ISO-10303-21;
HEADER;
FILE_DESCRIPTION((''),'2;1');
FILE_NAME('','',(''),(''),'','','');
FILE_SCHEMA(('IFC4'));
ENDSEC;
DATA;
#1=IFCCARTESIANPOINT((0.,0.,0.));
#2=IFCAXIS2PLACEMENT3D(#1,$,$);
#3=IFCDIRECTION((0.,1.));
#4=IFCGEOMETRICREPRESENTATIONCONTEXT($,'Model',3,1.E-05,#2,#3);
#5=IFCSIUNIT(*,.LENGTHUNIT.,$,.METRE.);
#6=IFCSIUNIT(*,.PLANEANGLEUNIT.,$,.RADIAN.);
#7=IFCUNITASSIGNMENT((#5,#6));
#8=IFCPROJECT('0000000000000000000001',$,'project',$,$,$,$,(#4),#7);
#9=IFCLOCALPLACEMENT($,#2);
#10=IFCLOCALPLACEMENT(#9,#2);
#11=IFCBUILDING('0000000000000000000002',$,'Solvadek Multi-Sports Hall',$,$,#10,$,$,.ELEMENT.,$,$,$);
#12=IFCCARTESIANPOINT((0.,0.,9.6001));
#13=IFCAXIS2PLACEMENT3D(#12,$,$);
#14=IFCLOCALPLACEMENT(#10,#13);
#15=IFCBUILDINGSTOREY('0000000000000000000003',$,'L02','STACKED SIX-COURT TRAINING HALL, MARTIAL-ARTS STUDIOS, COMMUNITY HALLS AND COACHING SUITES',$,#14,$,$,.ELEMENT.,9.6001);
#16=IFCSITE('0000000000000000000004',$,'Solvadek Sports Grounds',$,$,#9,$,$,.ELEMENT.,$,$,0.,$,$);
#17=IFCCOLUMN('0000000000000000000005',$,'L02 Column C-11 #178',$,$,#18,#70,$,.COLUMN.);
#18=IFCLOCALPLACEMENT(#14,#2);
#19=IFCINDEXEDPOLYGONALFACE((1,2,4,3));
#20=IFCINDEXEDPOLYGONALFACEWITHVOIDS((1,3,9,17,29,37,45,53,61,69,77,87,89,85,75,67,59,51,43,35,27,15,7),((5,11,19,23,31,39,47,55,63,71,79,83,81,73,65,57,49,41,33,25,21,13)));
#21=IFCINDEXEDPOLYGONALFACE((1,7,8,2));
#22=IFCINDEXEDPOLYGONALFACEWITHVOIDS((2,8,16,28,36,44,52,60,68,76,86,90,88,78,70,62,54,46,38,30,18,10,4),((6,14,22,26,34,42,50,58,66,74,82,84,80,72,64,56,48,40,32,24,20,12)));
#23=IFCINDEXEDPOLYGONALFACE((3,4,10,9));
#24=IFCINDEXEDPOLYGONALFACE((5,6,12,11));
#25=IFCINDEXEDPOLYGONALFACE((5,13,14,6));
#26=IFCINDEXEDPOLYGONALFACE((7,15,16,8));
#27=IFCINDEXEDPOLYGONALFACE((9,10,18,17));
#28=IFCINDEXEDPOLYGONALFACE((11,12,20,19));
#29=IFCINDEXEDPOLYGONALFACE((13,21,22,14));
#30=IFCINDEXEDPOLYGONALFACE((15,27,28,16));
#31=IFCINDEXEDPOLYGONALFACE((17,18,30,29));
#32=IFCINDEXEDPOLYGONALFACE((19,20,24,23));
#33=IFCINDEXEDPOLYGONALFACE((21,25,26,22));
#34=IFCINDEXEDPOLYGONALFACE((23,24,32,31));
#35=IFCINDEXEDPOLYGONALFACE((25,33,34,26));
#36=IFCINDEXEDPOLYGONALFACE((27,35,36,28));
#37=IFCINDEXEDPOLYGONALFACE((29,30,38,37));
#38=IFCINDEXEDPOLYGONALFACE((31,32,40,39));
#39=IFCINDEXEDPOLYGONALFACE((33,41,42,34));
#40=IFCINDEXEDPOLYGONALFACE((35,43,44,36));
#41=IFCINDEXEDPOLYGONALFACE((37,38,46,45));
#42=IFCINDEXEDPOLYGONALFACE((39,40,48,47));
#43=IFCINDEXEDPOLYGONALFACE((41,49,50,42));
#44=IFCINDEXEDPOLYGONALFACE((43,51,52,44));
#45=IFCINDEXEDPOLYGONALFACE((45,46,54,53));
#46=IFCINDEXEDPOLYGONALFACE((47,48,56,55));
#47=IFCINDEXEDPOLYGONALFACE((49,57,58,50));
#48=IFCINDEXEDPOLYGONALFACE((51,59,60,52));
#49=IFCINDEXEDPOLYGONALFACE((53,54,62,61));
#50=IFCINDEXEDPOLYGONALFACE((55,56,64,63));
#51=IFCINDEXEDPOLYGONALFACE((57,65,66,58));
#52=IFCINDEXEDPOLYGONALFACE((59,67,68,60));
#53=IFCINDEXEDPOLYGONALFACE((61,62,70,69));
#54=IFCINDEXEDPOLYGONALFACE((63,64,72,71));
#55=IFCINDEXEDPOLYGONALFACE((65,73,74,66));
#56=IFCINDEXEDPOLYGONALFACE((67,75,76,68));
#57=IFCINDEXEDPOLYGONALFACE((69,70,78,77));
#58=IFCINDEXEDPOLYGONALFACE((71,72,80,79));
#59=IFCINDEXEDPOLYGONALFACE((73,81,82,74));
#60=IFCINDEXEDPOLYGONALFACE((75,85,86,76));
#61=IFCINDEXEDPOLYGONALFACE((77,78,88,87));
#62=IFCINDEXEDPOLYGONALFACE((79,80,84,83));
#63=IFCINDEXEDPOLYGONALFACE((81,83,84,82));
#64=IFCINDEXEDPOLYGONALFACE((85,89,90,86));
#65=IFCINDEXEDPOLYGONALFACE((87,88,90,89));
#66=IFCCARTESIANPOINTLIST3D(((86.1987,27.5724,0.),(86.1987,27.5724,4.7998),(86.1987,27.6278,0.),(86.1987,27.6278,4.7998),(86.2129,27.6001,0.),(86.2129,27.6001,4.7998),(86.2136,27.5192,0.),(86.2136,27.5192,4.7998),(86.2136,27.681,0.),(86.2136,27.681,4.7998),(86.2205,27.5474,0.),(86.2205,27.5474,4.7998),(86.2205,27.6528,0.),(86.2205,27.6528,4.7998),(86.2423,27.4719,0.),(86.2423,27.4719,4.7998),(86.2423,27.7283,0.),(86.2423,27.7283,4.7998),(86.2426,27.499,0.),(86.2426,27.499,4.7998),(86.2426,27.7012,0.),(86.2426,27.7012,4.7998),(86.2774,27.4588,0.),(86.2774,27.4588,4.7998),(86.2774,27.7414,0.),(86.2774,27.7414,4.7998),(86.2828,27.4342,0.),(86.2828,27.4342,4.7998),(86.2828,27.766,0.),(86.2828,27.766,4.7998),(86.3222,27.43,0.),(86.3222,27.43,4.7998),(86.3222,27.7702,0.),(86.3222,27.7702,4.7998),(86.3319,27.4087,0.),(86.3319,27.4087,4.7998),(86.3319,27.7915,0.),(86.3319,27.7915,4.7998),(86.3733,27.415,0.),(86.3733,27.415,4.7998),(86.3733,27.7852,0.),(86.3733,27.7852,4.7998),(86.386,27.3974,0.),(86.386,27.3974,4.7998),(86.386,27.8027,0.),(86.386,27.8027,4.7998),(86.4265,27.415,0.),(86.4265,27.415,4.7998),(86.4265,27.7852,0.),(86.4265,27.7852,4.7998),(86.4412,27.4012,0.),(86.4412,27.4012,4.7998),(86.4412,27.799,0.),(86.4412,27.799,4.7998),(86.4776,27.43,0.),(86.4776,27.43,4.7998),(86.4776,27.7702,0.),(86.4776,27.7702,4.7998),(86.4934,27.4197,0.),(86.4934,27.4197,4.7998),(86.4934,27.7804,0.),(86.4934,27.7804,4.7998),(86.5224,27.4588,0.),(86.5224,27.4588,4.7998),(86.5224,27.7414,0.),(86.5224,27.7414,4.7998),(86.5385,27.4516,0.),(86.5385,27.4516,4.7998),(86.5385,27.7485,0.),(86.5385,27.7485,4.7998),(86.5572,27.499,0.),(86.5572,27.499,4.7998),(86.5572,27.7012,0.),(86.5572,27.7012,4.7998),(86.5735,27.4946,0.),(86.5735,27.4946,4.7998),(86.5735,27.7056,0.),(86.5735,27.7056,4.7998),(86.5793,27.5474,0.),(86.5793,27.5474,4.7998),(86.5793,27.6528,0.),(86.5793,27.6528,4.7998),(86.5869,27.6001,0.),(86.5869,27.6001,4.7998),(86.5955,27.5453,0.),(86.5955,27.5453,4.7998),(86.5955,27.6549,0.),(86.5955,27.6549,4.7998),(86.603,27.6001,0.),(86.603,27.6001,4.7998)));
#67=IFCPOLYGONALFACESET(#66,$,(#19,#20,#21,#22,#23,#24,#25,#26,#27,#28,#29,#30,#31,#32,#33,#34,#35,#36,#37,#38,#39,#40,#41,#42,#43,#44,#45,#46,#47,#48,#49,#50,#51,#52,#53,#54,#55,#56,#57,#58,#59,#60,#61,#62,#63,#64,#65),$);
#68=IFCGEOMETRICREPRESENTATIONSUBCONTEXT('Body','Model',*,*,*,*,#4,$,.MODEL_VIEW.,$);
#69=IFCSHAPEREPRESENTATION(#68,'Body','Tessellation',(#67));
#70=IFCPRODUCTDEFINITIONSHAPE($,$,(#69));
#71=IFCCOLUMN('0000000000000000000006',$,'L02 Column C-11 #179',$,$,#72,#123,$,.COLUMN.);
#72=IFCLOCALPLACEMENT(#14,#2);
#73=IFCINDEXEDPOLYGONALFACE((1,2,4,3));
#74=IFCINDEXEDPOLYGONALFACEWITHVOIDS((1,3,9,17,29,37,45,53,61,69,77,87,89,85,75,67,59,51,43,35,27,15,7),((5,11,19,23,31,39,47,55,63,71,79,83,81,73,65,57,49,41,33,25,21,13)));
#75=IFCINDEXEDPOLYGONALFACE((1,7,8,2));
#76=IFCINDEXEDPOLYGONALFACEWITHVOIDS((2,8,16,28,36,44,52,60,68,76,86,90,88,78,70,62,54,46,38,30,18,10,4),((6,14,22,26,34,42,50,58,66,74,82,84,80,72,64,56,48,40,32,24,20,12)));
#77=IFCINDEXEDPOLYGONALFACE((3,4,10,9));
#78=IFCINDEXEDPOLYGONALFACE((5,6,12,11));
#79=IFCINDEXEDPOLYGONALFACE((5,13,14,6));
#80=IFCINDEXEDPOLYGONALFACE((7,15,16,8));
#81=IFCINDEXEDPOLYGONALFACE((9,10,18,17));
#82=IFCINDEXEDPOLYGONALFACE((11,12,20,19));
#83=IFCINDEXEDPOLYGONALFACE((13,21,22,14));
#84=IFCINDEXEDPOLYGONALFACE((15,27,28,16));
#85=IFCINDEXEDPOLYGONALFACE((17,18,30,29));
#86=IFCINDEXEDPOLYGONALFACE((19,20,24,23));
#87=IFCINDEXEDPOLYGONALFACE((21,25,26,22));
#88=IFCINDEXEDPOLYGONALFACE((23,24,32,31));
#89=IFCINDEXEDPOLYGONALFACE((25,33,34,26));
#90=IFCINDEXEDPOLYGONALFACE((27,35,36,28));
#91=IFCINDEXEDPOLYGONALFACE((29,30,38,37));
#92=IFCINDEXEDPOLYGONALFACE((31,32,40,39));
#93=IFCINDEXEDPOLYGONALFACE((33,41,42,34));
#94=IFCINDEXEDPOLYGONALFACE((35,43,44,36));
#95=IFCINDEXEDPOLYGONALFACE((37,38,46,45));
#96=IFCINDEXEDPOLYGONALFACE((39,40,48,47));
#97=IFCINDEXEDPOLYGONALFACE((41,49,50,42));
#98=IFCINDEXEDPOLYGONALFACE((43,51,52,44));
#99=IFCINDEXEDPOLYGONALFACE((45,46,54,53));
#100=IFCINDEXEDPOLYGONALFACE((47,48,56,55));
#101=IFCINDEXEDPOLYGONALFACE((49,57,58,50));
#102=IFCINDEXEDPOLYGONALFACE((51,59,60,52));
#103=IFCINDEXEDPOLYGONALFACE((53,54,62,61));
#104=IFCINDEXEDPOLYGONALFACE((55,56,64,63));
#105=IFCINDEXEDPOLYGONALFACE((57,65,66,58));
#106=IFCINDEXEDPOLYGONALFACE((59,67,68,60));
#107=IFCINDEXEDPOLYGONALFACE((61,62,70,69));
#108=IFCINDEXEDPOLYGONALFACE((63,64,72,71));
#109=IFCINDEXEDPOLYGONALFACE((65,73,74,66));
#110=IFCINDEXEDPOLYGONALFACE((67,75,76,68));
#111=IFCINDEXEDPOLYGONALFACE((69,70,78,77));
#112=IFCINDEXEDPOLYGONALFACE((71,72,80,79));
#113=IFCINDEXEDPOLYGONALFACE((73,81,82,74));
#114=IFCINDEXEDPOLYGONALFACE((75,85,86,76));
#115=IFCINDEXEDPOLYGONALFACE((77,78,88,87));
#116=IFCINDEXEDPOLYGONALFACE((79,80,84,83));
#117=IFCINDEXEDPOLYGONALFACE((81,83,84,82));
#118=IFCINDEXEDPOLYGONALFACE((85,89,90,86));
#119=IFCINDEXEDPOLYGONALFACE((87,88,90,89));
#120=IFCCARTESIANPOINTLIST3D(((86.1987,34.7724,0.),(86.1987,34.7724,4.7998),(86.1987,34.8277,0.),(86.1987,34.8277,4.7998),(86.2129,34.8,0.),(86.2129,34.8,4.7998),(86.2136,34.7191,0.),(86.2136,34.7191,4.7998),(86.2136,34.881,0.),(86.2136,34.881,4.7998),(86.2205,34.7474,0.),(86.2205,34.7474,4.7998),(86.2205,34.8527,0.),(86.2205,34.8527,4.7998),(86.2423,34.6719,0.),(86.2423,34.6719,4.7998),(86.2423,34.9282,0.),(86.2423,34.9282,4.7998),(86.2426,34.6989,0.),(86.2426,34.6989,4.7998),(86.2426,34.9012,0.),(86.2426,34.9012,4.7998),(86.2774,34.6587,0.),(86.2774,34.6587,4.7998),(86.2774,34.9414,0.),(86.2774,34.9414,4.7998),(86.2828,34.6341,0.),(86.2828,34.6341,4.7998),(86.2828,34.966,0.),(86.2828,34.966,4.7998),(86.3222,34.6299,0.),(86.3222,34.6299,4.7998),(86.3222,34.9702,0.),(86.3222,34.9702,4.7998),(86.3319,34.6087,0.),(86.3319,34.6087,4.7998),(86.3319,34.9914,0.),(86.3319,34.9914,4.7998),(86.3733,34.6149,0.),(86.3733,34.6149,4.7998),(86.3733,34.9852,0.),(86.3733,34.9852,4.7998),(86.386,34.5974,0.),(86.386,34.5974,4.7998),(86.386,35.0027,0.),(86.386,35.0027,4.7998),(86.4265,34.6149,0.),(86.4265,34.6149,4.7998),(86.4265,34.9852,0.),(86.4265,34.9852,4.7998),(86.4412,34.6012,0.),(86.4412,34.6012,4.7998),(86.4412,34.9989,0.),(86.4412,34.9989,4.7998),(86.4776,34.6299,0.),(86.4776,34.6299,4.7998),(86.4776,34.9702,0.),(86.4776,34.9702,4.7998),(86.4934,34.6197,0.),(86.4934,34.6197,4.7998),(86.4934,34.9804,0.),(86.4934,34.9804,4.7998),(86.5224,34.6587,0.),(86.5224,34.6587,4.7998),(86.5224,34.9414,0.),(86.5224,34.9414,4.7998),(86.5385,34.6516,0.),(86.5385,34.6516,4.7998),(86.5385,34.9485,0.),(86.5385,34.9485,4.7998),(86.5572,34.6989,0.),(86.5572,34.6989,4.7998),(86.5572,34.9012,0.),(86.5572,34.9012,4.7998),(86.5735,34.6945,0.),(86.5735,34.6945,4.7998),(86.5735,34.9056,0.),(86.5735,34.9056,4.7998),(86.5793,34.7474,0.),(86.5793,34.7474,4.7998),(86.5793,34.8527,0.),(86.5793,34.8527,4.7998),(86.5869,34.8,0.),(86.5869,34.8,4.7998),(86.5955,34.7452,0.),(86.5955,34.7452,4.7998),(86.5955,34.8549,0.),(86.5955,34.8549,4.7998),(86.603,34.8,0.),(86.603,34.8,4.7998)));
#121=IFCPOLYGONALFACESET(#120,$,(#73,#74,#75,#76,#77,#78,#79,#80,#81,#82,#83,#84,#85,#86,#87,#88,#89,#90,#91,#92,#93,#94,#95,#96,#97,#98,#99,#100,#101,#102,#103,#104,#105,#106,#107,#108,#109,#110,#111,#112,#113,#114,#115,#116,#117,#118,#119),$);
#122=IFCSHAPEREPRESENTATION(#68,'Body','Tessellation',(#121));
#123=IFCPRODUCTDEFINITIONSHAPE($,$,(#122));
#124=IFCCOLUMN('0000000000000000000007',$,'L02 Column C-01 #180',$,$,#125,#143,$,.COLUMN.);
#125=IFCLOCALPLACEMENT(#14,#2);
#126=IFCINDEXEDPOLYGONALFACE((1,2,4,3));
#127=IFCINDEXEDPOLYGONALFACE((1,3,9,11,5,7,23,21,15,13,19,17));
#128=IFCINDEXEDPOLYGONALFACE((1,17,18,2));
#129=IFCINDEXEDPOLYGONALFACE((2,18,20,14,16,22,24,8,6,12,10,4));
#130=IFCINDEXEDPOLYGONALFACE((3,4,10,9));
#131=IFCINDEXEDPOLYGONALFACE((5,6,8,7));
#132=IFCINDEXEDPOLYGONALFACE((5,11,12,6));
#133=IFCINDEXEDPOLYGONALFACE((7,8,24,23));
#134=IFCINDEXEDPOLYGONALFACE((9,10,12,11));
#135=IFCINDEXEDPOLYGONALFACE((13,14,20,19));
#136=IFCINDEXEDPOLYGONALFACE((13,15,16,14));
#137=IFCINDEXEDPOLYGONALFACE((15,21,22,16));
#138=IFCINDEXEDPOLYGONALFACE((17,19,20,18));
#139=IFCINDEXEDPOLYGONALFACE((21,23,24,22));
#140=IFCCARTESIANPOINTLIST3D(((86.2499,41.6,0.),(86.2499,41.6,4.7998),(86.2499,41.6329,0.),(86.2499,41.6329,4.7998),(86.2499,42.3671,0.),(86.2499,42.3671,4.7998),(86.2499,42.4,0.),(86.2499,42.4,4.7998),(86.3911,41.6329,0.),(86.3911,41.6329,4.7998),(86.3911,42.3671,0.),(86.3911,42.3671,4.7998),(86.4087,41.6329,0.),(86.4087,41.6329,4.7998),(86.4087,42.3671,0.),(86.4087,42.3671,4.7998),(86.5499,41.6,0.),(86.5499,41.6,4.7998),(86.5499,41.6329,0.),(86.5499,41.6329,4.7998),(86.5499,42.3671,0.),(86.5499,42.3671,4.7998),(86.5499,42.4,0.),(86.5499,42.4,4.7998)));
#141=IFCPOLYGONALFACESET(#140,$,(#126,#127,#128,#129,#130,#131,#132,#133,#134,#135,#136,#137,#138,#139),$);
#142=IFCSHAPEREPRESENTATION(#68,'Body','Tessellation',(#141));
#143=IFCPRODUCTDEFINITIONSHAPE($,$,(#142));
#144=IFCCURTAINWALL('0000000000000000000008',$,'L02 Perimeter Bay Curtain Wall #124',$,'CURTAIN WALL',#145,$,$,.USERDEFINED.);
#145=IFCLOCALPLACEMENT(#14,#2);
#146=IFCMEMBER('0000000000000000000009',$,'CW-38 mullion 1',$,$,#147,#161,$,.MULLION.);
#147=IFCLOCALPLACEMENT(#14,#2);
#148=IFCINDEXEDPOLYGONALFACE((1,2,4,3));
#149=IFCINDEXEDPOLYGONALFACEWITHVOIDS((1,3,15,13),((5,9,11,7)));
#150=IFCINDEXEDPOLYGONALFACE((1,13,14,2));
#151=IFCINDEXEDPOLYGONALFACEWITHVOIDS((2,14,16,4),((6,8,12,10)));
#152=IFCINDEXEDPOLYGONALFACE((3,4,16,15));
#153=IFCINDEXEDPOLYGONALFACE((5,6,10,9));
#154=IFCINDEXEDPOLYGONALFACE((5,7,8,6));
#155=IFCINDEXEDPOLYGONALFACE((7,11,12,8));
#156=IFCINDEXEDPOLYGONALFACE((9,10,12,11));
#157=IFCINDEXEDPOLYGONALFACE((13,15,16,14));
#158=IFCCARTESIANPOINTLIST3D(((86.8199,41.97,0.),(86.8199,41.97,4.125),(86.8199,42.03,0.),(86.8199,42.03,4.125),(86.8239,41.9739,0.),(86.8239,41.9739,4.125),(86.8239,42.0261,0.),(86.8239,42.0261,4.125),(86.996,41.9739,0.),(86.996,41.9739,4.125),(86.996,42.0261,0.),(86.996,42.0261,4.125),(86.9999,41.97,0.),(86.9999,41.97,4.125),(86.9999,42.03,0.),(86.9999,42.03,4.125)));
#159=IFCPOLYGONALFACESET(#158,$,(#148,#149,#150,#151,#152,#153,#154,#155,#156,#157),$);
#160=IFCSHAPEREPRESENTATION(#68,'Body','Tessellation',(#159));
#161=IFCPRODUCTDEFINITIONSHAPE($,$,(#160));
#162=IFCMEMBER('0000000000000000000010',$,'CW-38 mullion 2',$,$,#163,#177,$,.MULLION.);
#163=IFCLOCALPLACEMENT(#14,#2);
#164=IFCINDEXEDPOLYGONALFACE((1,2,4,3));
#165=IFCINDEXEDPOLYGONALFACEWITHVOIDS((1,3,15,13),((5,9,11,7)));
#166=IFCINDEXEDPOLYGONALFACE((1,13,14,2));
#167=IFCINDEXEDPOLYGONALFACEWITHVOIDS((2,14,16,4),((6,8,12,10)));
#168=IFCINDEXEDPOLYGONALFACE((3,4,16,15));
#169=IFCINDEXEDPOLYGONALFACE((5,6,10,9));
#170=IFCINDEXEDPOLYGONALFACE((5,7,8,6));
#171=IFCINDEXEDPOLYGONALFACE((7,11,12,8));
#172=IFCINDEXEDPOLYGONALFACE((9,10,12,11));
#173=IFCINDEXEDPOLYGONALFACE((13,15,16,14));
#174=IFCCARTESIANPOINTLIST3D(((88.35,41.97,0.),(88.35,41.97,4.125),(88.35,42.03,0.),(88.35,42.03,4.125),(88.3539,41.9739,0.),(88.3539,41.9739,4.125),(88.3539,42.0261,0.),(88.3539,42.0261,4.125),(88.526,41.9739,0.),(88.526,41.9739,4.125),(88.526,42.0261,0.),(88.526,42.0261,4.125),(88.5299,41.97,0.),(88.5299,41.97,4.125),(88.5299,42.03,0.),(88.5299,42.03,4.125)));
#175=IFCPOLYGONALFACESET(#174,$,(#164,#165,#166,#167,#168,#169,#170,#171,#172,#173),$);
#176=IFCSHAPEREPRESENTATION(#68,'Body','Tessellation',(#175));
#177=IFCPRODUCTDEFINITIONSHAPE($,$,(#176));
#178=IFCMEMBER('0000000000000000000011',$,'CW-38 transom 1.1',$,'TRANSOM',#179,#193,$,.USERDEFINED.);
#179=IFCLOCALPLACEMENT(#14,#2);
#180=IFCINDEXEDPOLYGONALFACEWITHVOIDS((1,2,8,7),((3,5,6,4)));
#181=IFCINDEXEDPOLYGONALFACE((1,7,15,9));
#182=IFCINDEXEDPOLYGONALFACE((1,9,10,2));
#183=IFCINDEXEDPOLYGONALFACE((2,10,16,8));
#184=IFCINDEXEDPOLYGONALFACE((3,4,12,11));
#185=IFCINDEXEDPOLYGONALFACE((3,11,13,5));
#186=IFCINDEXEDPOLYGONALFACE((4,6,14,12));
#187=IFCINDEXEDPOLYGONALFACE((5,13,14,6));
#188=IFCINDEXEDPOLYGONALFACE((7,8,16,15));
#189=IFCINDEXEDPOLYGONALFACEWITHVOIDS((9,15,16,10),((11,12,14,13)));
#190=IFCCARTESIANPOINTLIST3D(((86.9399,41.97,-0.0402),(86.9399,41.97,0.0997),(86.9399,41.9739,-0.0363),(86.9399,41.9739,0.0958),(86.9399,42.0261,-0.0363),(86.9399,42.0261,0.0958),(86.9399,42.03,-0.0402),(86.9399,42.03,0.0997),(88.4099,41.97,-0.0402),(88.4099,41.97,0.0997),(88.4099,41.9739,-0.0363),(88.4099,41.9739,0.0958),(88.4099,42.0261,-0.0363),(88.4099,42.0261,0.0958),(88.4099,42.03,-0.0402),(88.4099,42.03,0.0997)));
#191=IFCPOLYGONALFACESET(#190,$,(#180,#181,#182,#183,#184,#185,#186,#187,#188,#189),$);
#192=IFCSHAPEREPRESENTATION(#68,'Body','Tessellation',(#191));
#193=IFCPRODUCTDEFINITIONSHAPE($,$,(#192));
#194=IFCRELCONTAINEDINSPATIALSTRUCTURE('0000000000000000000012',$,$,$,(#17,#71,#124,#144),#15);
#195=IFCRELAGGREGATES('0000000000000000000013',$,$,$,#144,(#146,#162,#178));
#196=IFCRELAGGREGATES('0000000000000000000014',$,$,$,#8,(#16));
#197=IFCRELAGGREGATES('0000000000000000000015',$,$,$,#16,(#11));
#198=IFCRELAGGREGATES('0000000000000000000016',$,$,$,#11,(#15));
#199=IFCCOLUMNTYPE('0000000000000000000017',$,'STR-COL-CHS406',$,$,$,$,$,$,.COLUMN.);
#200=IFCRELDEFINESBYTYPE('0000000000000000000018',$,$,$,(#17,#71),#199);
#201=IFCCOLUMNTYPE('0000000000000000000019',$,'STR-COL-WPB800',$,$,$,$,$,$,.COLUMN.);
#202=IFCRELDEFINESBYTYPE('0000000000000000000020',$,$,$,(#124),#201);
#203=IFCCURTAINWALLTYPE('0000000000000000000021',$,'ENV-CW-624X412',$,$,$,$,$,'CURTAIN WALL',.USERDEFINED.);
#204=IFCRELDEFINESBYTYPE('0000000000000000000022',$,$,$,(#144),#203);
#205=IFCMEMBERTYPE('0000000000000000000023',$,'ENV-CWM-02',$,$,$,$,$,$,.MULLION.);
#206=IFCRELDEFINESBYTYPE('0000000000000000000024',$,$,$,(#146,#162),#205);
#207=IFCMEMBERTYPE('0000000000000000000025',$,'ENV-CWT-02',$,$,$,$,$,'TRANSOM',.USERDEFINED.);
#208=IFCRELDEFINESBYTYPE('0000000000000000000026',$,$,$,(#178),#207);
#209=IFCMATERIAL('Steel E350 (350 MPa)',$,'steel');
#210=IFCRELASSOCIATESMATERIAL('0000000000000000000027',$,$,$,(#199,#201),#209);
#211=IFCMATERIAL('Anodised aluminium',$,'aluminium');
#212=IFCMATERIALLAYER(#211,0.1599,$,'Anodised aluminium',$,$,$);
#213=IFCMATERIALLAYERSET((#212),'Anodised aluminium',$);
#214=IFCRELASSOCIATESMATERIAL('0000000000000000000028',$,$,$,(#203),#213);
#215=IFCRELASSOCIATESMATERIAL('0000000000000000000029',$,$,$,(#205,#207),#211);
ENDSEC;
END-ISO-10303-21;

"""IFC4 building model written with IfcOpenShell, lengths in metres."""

from ifc_helpers import new_model, si_unit, direction, frame, origin, origin_2d, place, context, subcontext, project, spatial, hollow_rectangle, hollow_circle, i_section, extrude, material, layer, layer_set, material_profile, profile_set, type_object, element, aggregate, save


model = new_model("IFC4")

# Units and contexts
model_context = context("Model", 3, precision=1e-05, world=origin(), true_north=direction((0.0, 1.0)))
body_context = subcontext(model_context, "Body", "Model", "MODEL_VIEW")
ifc_project = project(units=[si_unit("LENGTHUNIT", "METRE"), si_unit("PLANEANGLEUNIT", "RADIAN")], contexts=[model_context])

# Site, building, storey
site_placement = place(None, origin())
site = spatial("IfcSite", under=ifc_project, at=site_placement, Name="Solvadek Sports Grounds", CompositionType="ELEMENT", RefElevation=0.0)
building_placement = place(site_placement, origin())
building = spatial("IfcBuilding", under=site, at=building_placement, Name="Solvadek Multi-Sports Hall", CompositionType="ELEMENT")
storey_placement = place(building_placement, frame((0.0, 0.0, 9.6001)))
storey = spatial("IfcBuildingStorey", under=building, at=storey_placement, Name="L02", Description="STACKED SIX-COURT TRAINING HALL, MARTIAL-ARTS STUDIOS, COMMUNITY HALLS AND COACHING SUITES", CompositionType="ELEMENT", Elevation=9.6001)

# Columns
ifc_material_1 = material(Name="Steel E350 (350 MPa)", Category="steel")
ifc_material_profile_1 = material_profile(ifc_material_1, hollow_circle(Radius=0.2031, WallThickness=0.0161, at=origin_2d()), Name="CHS 406.4x16")
ifc_profile_set_1 = profile_set([ifc_material_profile_1], Name="Steel E350 (350 MPa)")
column_type_1 = type_object("IfcColumnType", Name="STR-COL-CHS406", PredefinedType="COLUMN", material=ifc_profile_set_1)
for number, where, z_axis, x_axis, name in (
    (1, (86.3999, 27.6001, 0.0), (0.0, 0.0, 1.0), (1.0, 0.0, 0.0), "L02 Column C-11 #178"),
    (2, (86.3999, 34.8, 0.0), (0.0, 0.0, 1.0), (1.0, 0.0, 0.0), "L02 Column C-11 #179"),
):
    element("IfcColumn", number, at=place(storey_placement, frame(where, z_axis=z_axis, x_axis=x_axis)), inside=storey, type_object=column_type_1, Name=name, PredefinedType="COLUMN", context=body_context, shape_type="SweptSolid", body=[
        extrude(hollow_circle(Radius=0.2031, WallThickness=0.0161, at=origin_2d()), origin(), (0.0, 0.0, 1.0), 4.7998),
    ])
ifc_material_profile_2 = material_profile(ifc_material_1, i_section(OverallWidth=0.3, OverallDepth=0.8, WebThickness=0.0176, FlangeThickness=0.033, at=origin_2d()), Name="WPB 800")
ifc_profile_set_2 = profile_set([ifc_material_profile_2], Name="Steel E350 (350 MPa)")
column_type_2 = type_object("IfcColumnType", Name="STR-COL-WPB800", PredefinedType="COLUMN", material=ifc_profile_set_2)
column_placement = place(storey_placement, frame((86.3999, 42.0, 0.0), z_axis=(0.0, 0.0, 1.0), x_axis=(1.0, 0.0, 0.0)))
element("IfcColumn", 3, at=column_placement, inside=storey, type_object=column_type_2, Name="L02 Column C-01 #180", PredefinedType="COLUMN", context=body_context, shape_type="SweptSolid", body=[
    extrude(i_section(OverallWidth=0.3, OverallDepth=0.8, WebThickness=0.0176, FlangeThickness=0.033, at=origin_2d()), origin(), (0.0, 0.0, 1.0), 4.7998),
])

# Curtain wall, members
ifc_material_2 = material(Name="Anodised aluminium", Category="aluminium")
ifc_layer_1 = layer(ifc_material_2, 0.1599, Name="Anodised aluminium")
ifc_layer_set_1 = layer_set([ifc_layer_1], Name="Anodised aluminium")
curtain_wall_type = type_object("IfcCurtainWallType", Name="ENV-CW-624X412", ElementType="CURTAIN WALL", PredefinedType="USERDEFINED", material=ifc_layer_set_1)
curtain_wall_placement = place(storey_placement, origin())
curtain_wall = element("IfcCurtainWall", 4, at=curtain_wall_placement, inside=storey, type_object=curtain_wall_type, Name="L02 Perimeter Bay Curtain Wall #124", ObjectType="CURTAIN WALL", PredefinedType="USERDEFINED")
ifc_material_profile_3 = material_profile(ifc_material_2, hollow_rectangle(XDim=0.0601, YDim=0.1799, WallThickness=0.0039, at=origin_2d()), Name="ALU-M 180x60x4")
ifc_profile_set_3 = profile_set([ifc_material_profile_3], Name="Anodised aluminium")
member_type_1 = type_object("IfcMemberType", Name="ENV-CWM-02", PredefinedType="MULLION", material=ifc_profile_set_3)
member_1_placement = place(storey_placement, frame((86.9099, 42.0, 0.0), z_axis=(0.0, 0.0, 1.0), x_axis=(0.0, 1.0, 0.0)))
member_1 = element("IfcMember", 5, at=member_1_placement, type_object=member_type_1, Name="CW-38 mullion 1", PredefinedType="MULLION", context=body_context, shape_type="SweptSolid", body=[
    extrude(hollow_rectangle(XDim=0.0601, YDim=0.1799, WallThickness=0.0039, at=origin_2d()), origin(), (0.0, 0.0, 1.0), 4.125),
])
member_2_placement = place(storey_placement, frame((88.4399, 42.0, 0.0), z_axis=(0.0, 0.0, 1.0), x_axis=(0.0, 1.0, 0.0)))
member_2 = element("IfcMember", 6, at=member_2_placement, type_object=member_type_1, Name="CW-38 mullion 2", PredefinedType="MULLION", context=body_context, shape_type="SweptSolid", body=[
    extrude(hollow_rectangle(XDim=0.0601, YDim=0.1799, WallThickness=0.0039, at=origin_2d()), origin(), (0.0, 0.0, 1.0), 4.125),
])
ifc_material_profile_4 = material_profile(ifc_material_2, hollow_rectangle(XDim=0.0601, YDim=0.1399, WallThickness=0.0039, at=origin_2d()), Name="ALU-T 140x60x4")
ifc_profile_set_4 = profile_set([ifc_material_profile_4], Name="Anodised aluminium")
member_type_2 = type_object("IfcMemberType", Name="ENV-CWT-02", ElementType="TRANSOM", PredefinedType="USERDEFINED", material=ifc_profile_set_4)
member_3_placement = place(storey_placement, frame((86.9399, 42.0, 0.0298), z_axis=(1.0, 0.0, 0.0), x_axis=(0.0, 1.0, 0.0)))
member_3 = element("IfcMember", 7, at=member_3_placement, type_object=member_type_2, Name="CW-38 transom 1.1", ObjectType="TRANSOM", PredefinedType="USERDEFINED", context=body_context, shape_type="SweptSolid", body=[
    extrude(hollow_rectangle(XDim=0.0601, YDim=0.1399, WallThickness=0.0039, at=origin_2d()), origin(), (0.0, 0.0, 1.0), 1.47),
])

aggregate(curtain_wall, [member_1, member_2, member_3])

save(model, "model.ifc")
